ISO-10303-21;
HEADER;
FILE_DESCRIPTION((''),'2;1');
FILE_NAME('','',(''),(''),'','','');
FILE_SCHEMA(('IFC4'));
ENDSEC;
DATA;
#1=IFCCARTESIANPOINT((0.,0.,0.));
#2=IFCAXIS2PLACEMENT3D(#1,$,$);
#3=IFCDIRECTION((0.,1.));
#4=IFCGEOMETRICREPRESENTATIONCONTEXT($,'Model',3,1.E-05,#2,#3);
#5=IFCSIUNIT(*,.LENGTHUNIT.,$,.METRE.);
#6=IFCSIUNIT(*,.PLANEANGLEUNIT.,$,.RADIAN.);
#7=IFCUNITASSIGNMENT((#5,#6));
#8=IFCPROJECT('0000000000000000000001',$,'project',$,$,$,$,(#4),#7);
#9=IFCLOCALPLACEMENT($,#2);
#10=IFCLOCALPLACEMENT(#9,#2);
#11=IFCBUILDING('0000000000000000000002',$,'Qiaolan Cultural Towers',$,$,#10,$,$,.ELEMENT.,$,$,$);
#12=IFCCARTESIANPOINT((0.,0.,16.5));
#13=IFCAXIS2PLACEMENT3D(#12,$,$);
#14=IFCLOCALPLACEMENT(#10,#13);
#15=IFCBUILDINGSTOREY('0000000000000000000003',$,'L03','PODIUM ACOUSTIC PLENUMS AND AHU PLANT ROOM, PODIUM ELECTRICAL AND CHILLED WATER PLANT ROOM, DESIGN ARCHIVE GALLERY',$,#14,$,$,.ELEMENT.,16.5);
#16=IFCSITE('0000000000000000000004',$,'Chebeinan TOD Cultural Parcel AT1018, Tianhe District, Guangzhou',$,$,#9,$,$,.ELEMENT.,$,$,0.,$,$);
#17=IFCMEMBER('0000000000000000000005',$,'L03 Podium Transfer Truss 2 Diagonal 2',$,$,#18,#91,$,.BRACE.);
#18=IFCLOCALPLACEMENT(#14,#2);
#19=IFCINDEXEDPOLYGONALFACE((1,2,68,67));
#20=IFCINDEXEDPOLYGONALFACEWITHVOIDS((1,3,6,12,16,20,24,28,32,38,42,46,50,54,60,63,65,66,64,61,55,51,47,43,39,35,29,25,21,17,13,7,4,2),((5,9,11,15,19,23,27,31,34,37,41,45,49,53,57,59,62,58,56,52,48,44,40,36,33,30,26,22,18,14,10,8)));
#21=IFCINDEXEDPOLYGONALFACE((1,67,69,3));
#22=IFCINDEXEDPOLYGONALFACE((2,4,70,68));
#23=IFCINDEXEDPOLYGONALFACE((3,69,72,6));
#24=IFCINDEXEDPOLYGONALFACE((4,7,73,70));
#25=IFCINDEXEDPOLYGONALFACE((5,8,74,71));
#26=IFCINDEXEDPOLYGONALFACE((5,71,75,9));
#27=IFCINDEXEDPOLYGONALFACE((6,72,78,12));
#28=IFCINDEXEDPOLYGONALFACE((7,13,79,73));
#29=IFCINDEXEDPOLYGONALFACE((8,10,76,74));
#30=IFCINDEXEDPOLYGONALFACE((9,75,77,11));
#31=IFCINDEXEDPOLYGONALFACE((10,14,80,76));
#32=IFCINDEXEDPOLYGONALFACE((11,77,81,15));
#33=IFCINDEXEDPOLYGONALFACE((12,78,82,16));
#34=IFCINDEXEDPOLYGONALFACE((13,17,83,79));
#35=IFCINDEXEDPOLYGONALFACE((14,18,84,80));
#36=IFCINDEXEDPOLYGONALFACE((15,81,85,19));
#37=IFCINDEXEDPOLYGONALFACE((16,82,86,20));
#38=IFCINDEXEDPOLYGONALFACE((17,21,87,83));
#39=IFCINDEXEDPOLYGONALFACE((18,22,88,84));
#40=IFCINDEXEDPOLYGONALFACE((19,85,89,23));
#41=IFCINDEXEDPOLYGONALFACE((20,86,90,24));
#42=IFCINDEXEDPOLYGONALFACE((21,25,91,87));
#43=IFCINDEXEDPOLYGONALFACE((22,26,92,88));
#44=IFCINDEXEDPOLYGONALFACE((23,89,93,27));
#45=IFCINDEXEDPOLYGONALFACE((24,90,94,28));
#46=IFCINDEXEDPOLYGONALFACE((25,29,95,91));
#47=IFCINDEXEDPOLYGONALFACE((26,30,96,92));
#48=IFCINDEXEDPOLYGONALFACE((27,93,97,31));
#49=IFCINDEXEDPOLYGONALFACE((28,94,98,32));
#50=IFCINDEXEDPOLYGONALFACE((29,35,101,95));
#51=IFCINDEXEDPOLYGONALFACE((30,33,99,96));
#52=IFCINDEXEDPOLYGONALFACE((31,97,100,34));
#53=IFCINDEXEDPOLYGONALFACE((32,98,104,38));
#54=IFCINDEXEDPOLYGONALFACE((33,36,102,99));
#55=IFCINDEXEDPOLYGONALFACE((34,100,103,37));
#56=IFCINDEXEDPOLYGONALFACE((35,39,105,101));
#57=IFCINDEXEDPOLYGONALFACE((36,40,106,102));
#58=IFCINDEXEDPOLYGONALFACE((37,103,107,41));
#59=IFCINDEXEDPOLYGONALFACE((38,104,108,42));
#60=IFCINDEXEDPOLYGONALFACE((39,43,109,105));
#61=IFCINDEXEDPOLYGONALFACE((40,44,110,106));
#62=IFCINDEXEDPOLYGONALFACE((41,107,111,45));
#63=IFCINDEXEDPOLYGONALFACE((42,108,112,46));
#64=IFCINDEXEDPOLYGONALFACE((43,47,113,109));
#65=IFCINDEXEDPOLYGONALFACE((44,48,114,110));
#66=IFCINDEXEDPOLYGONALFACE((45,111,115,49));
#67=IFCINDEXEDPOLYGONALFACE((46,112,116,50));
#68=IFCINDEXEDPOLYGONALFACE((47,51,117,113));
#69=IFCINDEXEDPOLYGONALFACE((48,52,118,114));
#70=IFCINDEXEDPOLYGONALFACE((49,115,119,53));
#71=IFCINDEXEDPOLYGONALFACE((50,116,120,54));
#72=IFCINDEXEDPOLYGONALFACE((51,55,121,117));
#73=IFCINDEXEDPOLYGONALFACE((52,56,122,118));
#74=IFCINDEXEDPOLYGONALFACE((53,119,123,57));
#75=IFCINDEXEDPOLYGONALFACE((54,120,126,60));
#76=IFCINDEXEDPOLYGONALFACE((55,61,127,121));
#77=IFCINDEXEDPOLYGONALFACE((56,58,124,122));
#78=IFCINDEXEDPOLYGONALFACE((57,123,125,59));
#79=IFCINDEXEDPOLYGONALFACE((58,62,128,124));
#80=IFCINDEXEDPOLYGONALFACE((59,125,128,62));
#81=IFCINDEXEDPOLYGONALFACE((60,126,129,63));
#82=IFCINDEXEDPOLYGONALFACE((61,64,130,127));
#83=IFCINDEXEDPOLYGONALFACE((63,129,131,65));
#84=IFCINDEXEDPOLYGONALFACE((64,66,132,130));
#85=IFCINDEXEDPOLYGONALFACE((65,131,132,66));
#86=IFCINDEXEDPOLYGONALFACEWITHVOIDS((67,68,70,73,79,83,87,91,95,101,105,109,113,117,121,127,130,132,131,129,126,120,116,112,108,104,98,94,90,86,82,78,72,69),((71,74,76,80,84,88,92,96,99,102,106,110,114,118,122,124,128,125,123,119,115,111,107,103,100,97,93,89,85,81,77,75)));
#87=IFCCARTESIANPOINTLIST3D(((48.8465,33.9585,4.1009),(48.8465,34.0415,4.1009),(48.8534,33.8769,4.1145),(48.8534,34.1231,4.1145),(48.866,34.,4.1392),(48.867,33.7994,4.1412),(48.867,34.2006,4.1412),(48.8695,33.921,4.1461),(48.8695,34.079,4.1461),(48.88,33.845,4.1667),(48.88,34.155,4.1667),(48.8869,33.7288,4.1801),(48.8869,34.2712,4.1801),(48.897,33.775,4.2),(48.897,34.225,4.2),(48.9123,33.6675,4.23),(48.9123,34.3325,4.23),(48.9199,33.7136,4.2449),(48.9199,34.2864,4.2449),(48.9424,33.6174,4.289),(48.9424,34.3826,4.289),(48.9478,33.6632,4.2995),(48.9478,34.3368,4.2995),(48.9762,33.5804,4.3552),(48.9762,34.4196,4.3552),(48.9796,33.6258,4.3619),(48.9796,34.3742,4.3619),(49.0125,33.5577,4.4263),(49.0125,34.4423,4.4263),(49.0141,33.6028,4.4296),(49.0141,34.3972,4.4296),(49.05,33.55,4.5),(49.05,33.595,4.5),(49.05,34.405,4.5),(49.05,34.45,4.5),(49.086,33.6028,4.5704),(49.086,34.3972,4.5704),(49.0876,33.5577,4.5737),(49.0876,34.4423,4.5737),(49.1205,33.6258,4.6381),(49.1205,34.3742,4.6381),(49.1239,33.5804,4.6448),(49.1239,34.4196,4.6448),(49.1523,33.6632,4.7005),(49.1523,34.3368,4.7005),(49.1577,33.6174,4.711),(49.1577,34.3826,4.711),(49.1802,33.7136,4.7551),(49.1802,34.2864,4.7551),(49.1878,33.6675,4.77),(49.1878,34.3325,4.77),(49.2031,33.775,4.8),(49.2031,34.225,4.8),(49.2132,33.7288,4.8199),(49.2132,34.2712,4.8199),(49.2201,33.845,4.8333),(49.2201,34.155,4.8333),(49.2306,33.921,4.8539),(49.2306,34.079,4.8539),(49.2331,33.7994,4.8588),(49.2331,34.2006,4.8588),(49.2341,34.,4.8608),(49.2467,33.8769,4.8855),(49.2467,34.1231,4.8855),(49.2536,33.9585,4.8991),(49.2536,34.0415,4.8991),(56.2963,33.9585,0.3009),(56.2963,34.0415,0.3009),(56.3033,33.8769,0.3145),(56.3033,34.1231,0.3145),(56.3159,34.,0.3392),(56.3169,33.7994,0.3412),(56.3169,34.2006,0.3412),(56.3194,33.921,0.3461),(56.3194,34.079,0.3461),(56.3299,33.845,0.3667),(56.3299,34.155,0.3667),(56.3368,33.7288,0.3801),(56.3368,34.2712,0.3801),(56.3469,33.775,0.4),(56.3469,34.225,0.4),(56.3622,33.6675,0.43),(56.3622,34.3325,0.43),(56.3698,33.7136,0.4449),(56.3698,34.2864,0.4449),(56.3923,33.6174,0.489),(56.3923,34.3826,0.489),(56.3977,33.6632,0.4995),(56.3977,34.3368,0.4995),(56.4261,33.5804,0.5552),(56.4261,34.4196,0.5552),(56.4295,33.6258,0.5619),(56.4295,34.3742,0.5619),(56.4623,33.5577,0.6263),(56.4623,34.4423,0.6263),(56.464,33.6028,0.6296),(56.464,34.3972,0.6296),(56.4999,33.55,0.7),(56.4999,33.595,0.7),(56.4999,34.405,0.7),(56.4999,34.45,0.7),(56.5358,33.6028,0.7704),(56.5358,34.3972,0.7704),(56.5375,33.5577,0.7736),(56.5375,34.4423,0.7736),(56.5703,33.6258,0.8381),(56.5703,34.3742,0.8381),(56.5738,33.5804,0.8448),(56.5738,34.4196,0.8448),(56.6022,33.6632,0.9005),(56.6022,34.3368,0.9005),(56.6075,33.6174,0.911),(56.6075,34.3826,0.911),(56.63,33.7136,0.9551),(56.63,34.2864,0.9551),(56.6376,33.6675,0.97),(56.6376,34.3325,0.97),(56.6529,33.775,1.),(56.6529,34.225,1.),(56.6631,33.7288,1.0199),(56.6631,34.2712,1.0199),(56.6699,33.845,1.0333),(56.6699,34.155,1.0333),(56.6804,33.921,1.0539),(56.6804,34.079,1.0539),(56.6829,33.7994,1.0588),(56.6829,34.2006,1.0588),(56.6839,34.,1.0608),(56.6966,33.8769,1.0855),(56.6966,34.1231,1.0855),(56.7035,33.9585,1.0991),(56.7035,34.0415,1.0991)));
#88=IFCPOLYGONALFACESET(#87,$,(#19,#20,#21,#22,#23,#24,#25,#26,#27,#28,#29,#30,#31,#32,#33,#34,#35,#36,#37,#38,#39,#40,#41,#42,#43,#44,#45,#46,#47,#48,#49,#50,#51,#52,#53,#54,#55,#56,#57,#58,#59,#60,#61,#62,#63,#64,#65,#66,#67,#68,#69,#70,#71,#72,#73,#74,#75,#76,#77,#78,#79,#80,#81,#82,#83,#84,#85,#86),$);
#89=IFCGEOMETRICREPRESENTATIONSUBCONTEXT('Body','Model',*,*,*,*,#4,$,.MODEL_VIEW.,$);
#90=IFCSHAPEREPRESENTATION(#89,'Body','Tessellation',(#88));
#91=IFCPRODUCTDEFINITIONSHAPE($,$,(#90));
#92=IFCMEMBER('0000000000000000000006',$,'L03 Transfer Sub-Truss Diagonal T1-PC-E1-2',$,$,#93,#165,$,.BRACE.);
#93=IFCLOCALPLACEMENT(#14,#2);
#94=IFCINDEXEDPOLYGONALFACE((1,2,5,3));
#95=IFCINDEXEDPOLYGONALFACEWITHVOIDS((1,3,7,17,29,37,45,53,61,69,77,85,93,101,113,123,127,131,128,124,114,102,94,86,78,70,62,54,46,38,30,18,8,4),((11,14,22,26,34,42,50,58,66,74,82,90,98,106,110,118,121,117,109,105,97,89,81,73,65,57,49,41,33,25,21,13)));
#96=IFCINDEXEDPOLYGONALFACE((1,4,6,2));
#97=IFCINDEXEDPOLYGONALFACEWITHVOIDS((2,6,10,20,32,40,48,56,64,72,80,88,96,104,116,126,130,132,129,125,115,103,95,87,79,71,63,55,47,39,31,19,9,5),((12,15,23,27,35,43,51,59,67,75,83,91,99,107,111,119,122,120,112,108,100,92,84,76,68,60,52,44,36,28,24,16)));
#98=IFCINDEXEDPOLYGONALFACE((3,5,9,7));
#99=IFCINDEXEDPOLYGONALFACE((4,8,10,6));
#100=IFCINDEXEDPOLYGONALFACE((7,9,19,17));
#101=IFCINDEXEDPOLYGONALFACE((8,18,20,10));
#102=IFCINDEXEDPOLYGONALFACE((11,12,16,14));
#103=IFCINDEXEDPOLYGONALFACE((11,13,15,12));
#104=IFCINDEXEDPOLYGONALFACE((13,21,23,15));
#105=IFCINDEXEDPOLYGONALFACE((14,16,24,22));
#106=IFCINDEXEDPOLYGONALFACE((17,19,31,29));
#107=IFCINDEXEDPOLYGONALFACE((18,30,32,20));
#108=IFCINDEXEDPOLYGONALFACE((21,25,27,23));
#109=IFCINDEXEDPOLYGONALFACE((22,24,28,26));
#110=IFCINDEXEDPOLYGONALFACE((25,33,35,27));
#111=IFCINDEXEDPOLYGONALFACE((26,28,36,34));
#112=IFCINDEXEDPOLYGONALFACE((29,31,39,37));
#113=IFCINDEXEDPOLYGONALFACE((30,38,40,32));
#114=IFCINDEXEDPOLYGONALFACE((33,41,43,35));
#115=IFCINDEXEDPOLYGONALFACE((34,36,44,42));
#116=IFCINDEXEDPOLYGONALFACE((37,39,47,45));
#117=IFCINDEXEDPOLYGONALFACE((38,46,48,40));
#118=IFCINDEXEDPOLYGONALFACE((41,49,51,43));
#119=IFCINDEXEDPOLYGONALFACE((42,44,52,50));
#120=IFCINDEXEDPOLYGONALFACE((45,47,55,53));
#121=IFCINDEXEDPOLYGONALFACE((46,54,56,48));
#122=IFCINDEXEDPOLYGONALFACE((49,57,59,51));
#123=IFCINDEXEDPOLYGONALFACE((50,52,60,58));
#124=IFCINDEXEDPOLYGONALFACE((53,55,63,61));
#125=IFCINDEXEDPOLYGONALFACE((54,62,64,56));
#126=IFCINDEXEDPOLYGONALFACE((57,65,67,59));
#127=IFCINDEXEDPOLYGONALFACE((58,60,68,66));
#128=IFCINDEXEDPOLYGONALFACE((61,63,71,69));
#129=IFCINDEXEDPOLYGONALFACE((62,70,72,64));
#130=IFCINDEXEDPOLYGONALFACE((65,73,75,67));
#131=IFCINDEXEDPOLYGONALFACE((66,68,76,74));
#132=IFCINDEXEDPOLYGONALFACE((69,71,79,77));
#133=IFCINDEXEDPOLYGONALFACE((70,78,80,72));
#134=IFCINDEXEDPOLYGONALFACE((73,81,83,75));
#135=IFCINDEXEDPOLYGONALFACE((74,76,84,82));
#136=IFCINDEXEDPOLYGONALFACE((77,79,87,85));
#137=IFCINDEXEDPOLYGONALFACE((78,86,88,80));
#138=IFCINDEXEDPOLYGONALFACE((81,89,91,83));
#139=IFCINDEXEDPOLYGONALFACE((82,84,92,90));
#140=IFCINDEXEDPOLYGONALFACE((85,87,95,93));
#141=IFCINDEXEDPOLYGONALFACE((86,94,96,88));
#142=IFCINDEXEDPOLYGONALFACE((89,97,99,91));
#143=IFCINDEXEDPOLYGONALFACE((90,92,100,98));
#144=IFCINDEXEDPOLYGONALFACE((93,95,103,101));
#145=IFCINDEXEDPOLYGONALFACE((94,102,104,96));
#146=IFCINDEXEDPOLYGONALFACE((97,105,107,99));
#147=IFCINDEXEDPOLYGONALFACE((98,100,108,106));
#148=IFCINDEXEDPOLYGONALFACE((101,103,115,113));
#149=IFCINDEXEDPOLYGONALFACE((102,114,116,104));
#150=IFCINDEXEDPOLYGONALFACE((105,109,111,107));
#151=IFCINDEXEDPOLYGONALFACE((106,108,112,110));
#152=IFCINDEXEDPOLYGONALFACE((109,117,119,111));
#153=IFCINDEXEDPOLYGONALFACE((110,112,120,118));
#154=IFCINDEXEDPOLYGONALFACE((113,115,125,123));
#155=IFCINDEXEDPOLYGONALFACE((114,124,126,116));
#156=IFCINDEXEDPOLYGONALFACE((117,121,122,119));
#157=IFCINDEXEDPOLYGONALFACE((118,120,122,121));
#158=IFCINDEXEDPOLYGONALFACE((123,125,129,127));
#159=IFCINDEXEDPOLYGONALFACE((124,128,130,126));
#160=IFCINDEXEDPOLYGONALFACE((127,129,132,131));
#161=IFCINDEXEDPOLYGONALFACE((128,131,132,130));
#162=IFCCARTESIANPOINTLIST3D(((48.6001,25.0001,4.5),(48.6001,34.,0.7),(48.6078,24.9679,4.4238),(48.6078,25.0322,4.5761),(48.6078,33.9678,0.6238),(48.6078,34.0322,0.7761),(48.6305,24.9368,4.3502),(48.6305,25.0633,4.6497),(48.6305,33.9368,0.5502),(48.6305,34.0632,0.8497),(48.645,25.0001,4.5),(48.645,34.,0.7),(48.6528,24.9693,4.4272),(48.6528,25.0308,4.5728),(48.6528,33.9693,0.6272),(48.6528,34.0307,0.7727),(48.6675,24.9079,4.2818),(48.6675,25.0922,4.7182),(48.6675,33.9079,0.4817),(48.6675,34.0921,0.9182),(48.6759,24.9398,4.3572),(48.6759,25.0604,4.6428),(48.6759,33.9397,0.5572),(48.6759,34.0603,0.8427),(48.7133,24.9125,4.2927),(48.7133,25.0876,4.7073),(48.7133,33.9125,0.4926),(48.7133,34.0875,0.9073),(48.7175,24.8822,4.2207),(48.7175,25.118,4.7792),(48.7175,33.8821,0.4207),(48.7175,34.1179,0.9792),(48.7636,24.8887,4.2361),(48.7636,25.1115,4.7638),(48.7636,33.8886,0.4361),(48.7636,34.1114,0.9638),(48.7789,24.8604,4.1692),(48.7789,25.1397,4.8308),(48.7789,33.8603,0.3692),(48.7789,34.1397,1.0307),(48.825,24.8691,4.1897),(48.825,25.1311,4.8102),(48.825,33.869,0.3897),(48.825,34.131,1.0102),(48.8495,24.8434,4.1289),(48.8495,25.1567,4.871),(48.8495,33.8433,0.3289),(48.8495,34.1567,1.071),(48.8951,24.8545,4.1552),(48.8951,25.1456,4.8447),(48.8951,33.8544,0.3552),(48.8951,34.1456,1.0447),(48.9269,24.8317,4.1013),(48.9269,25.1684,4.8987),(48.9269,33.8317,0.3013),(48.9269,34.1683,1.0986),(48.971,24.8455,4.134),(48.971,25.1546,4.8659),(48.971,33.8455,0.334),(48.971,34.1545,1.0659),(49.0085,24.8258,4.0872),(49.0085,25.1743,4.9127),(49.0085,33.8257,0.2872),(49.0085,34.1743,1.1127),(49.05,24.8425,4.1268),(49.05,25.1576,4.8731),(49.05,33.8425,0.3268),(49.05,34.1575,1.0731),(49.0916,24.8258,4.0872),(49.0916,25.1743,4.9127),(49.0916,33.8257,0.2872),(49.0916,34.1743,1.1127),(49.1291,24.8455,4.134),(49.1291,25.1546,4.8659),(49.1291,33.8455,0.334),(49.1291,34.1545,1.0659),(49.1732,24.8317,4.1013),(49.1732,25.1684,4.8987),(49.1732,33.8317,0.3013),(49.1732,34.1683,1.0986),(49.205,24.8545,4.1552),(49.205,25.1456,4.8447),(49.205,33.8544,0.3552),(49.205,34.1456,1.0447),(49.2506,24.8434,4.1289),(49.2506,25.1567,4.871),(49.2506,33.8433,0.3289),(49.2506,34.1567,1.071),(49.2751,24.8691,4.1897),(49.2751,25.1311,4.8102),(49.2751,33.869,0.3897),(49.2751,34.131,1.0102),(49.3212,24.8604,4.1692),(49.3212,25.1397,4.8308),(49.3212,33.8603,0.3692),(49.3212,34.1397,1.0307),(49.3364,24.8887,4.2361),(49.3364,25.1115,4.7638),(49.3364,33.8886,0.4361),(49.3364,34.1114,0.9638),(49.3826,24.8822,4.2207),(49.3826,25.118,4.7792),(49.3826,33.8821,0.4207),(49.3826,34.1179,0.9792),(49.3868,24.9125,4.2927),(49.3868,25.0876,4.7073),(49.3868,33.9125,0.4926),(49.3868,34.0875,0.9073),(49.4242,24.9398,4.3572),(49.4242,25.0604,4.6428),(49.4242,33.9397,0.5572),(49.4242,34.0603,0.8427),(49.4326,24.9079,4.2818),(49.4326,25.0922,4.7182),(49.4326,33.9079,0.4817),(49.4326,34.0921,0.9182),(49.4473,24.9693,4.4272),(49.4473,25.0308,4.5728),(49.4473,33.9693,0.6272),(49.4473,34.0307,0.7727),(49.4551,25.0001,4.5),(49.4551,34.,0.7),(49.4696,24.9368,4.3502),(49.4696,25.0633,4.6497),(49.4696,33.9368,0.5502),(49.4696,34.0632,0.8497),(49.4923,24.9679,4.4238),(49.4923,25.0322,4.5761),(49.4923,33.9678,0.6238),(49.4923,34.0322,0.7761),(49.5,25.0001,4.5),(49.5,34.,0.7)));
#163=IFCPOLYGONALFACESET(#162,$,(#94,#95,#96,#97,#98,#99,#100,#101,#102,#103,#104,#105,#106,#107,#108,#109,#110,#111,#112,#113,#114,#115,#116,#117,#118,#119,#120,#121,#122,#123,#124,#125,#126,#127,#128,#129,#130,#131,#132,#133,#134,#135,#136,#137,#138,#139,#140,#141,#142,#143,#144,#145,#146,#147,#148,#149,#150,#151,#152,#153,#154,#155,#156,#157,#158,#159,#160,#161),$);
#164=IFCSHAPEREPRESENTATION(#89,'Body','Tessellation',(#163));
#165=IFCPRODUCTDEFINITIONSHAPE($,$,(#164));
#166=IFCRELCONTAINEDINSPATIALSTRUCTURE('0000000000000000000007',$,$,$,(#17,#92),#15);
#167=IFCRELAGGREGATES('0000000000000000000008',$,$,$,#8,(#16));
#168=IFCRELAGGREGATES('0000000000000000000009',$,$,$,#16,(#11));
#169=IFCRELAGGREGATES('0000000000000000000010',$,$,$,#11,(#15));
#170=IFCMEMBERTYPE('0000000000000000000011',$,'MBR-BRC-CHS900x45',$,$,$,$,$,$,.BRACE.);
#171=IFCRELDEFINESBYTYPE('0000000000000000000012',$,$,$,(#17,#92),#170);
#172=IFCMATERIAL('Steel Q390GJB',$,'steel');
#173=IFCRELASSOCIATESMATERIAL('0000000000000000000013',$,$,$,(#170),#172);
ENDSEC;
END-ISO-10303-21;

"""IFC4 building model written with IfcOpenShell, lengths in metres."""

from ifc_helpers import new_model, si_unit, direction, frame, origin, origin_2d, place, context, subcontext, project, spatial, hollow_circle, extrude, material, material_profile, profile_set, type_object, element, save


model = new_model("IFC4")

# Units and contexts
model_context = context("Model", 3, precision=1e-05, world=origin(), true_north=direction((0.0, 1.0)))
body_context = subcontext(model_context, "Body", "Model", "MODEL_VIEW")
ifc_project = project(units=[si_unit("LENGTHUNIT", "METRE"), si_unit("PLANEANGLEUNIT", "RADIAN")], contexts=[model_context])

# Site, building, storey
site_placement = place(None, origin())
site = spatial("IfcSite", under=ifc_project, at=site_placement, Name="Chebeinan TOD Cultural Parcel AT1018, Tianhe District, Guangzhou", CompositionType="ELEMENT", RefElevation=0.0)
building_placement = place(site_placement, origin())
building = spatial("IfcBuilding", under=site, at=building_placement, Name="Qiaolan Cultural Towers", CompositionType="ELEMENT")
storey_placement = place(building_placement, frame((0.0, 0.0, 16.5)))
storey = spatial("IfcBuildingStorey", under=building, at=storey_placement, Name="L03", Description="PODIUM ACOUSTIC PLENUMS AND AHU PLANT ROOM, PODIUM ELECTRICAL AND CHILLED WATER PLANT ROOM, DESIGN ARCHIVE GALLERY", CompositionType="ELEMENT", Elevation=16.5)

# Members
ifc_material_1 = material(Name="Steel Q390GJB", Category="steel")
ifc_material_profile_1 = material_profile(ifc_material_1, hollow_circle(Radius=0.45, WallThickness=0.0449, at=origin_2d()), Name="CHS900x45")
ifc_profile_set_1 = profile_set([ifc_material_profile_1], Name="Steel Q390GJB")
member_type_1 = type_object("IfcMemberType", Name="MBR-BRC-CHS900x45", PredefinedType="BRACE", material=ifc_profile_set_1)
member_1_placement = place(storey_placement, frame((49.05, 34.0, 4.5), z_axis=(0.890808, 0.0, -0.454381), x_axis=(0.0, 1.0, 0.0)))
element("IfcMember", 1, at=member_1_placement, inside=storey, type_object=member_type_1, Name="L03 Podium Transfer Truss 2 Diagonal 2", PredefinedType="BRACE", context=body_context, shape_type="SweptSolid", body=[
    extrude(hollow_circle(Radius=0.45, WallThickness=0.0449, at=origin_2d()), origin(), (0.0, 0.0, 1.0), 8.363),
])
for number, where, z_axis, x_axis, name in (
    (2, (49.05, 34.0, 0.7), (0.0, -0.921248, 0.388976), (1.0, 0.0, 0.0), "L03 Transfer Sub-Truss Diagonal T1-PC-E1-2"),
):
    element("IfcMember", number, at=place(storey_placement, frame(where, z_axis=z_axis, x_axis=x_axis)), inside=storey, type_object=member_type_1, Name=name, PredefinedType="BRACE", context=body_context, shape_type="SweptSolid", body=[
        extrude(hollow_circle(Radius=0.45, WallThickness=0.0449, at=origin_2d()), origin(), (0.0, 0.0, 1.0), 9.7693),
    ])

save(model, "model.ifc")
